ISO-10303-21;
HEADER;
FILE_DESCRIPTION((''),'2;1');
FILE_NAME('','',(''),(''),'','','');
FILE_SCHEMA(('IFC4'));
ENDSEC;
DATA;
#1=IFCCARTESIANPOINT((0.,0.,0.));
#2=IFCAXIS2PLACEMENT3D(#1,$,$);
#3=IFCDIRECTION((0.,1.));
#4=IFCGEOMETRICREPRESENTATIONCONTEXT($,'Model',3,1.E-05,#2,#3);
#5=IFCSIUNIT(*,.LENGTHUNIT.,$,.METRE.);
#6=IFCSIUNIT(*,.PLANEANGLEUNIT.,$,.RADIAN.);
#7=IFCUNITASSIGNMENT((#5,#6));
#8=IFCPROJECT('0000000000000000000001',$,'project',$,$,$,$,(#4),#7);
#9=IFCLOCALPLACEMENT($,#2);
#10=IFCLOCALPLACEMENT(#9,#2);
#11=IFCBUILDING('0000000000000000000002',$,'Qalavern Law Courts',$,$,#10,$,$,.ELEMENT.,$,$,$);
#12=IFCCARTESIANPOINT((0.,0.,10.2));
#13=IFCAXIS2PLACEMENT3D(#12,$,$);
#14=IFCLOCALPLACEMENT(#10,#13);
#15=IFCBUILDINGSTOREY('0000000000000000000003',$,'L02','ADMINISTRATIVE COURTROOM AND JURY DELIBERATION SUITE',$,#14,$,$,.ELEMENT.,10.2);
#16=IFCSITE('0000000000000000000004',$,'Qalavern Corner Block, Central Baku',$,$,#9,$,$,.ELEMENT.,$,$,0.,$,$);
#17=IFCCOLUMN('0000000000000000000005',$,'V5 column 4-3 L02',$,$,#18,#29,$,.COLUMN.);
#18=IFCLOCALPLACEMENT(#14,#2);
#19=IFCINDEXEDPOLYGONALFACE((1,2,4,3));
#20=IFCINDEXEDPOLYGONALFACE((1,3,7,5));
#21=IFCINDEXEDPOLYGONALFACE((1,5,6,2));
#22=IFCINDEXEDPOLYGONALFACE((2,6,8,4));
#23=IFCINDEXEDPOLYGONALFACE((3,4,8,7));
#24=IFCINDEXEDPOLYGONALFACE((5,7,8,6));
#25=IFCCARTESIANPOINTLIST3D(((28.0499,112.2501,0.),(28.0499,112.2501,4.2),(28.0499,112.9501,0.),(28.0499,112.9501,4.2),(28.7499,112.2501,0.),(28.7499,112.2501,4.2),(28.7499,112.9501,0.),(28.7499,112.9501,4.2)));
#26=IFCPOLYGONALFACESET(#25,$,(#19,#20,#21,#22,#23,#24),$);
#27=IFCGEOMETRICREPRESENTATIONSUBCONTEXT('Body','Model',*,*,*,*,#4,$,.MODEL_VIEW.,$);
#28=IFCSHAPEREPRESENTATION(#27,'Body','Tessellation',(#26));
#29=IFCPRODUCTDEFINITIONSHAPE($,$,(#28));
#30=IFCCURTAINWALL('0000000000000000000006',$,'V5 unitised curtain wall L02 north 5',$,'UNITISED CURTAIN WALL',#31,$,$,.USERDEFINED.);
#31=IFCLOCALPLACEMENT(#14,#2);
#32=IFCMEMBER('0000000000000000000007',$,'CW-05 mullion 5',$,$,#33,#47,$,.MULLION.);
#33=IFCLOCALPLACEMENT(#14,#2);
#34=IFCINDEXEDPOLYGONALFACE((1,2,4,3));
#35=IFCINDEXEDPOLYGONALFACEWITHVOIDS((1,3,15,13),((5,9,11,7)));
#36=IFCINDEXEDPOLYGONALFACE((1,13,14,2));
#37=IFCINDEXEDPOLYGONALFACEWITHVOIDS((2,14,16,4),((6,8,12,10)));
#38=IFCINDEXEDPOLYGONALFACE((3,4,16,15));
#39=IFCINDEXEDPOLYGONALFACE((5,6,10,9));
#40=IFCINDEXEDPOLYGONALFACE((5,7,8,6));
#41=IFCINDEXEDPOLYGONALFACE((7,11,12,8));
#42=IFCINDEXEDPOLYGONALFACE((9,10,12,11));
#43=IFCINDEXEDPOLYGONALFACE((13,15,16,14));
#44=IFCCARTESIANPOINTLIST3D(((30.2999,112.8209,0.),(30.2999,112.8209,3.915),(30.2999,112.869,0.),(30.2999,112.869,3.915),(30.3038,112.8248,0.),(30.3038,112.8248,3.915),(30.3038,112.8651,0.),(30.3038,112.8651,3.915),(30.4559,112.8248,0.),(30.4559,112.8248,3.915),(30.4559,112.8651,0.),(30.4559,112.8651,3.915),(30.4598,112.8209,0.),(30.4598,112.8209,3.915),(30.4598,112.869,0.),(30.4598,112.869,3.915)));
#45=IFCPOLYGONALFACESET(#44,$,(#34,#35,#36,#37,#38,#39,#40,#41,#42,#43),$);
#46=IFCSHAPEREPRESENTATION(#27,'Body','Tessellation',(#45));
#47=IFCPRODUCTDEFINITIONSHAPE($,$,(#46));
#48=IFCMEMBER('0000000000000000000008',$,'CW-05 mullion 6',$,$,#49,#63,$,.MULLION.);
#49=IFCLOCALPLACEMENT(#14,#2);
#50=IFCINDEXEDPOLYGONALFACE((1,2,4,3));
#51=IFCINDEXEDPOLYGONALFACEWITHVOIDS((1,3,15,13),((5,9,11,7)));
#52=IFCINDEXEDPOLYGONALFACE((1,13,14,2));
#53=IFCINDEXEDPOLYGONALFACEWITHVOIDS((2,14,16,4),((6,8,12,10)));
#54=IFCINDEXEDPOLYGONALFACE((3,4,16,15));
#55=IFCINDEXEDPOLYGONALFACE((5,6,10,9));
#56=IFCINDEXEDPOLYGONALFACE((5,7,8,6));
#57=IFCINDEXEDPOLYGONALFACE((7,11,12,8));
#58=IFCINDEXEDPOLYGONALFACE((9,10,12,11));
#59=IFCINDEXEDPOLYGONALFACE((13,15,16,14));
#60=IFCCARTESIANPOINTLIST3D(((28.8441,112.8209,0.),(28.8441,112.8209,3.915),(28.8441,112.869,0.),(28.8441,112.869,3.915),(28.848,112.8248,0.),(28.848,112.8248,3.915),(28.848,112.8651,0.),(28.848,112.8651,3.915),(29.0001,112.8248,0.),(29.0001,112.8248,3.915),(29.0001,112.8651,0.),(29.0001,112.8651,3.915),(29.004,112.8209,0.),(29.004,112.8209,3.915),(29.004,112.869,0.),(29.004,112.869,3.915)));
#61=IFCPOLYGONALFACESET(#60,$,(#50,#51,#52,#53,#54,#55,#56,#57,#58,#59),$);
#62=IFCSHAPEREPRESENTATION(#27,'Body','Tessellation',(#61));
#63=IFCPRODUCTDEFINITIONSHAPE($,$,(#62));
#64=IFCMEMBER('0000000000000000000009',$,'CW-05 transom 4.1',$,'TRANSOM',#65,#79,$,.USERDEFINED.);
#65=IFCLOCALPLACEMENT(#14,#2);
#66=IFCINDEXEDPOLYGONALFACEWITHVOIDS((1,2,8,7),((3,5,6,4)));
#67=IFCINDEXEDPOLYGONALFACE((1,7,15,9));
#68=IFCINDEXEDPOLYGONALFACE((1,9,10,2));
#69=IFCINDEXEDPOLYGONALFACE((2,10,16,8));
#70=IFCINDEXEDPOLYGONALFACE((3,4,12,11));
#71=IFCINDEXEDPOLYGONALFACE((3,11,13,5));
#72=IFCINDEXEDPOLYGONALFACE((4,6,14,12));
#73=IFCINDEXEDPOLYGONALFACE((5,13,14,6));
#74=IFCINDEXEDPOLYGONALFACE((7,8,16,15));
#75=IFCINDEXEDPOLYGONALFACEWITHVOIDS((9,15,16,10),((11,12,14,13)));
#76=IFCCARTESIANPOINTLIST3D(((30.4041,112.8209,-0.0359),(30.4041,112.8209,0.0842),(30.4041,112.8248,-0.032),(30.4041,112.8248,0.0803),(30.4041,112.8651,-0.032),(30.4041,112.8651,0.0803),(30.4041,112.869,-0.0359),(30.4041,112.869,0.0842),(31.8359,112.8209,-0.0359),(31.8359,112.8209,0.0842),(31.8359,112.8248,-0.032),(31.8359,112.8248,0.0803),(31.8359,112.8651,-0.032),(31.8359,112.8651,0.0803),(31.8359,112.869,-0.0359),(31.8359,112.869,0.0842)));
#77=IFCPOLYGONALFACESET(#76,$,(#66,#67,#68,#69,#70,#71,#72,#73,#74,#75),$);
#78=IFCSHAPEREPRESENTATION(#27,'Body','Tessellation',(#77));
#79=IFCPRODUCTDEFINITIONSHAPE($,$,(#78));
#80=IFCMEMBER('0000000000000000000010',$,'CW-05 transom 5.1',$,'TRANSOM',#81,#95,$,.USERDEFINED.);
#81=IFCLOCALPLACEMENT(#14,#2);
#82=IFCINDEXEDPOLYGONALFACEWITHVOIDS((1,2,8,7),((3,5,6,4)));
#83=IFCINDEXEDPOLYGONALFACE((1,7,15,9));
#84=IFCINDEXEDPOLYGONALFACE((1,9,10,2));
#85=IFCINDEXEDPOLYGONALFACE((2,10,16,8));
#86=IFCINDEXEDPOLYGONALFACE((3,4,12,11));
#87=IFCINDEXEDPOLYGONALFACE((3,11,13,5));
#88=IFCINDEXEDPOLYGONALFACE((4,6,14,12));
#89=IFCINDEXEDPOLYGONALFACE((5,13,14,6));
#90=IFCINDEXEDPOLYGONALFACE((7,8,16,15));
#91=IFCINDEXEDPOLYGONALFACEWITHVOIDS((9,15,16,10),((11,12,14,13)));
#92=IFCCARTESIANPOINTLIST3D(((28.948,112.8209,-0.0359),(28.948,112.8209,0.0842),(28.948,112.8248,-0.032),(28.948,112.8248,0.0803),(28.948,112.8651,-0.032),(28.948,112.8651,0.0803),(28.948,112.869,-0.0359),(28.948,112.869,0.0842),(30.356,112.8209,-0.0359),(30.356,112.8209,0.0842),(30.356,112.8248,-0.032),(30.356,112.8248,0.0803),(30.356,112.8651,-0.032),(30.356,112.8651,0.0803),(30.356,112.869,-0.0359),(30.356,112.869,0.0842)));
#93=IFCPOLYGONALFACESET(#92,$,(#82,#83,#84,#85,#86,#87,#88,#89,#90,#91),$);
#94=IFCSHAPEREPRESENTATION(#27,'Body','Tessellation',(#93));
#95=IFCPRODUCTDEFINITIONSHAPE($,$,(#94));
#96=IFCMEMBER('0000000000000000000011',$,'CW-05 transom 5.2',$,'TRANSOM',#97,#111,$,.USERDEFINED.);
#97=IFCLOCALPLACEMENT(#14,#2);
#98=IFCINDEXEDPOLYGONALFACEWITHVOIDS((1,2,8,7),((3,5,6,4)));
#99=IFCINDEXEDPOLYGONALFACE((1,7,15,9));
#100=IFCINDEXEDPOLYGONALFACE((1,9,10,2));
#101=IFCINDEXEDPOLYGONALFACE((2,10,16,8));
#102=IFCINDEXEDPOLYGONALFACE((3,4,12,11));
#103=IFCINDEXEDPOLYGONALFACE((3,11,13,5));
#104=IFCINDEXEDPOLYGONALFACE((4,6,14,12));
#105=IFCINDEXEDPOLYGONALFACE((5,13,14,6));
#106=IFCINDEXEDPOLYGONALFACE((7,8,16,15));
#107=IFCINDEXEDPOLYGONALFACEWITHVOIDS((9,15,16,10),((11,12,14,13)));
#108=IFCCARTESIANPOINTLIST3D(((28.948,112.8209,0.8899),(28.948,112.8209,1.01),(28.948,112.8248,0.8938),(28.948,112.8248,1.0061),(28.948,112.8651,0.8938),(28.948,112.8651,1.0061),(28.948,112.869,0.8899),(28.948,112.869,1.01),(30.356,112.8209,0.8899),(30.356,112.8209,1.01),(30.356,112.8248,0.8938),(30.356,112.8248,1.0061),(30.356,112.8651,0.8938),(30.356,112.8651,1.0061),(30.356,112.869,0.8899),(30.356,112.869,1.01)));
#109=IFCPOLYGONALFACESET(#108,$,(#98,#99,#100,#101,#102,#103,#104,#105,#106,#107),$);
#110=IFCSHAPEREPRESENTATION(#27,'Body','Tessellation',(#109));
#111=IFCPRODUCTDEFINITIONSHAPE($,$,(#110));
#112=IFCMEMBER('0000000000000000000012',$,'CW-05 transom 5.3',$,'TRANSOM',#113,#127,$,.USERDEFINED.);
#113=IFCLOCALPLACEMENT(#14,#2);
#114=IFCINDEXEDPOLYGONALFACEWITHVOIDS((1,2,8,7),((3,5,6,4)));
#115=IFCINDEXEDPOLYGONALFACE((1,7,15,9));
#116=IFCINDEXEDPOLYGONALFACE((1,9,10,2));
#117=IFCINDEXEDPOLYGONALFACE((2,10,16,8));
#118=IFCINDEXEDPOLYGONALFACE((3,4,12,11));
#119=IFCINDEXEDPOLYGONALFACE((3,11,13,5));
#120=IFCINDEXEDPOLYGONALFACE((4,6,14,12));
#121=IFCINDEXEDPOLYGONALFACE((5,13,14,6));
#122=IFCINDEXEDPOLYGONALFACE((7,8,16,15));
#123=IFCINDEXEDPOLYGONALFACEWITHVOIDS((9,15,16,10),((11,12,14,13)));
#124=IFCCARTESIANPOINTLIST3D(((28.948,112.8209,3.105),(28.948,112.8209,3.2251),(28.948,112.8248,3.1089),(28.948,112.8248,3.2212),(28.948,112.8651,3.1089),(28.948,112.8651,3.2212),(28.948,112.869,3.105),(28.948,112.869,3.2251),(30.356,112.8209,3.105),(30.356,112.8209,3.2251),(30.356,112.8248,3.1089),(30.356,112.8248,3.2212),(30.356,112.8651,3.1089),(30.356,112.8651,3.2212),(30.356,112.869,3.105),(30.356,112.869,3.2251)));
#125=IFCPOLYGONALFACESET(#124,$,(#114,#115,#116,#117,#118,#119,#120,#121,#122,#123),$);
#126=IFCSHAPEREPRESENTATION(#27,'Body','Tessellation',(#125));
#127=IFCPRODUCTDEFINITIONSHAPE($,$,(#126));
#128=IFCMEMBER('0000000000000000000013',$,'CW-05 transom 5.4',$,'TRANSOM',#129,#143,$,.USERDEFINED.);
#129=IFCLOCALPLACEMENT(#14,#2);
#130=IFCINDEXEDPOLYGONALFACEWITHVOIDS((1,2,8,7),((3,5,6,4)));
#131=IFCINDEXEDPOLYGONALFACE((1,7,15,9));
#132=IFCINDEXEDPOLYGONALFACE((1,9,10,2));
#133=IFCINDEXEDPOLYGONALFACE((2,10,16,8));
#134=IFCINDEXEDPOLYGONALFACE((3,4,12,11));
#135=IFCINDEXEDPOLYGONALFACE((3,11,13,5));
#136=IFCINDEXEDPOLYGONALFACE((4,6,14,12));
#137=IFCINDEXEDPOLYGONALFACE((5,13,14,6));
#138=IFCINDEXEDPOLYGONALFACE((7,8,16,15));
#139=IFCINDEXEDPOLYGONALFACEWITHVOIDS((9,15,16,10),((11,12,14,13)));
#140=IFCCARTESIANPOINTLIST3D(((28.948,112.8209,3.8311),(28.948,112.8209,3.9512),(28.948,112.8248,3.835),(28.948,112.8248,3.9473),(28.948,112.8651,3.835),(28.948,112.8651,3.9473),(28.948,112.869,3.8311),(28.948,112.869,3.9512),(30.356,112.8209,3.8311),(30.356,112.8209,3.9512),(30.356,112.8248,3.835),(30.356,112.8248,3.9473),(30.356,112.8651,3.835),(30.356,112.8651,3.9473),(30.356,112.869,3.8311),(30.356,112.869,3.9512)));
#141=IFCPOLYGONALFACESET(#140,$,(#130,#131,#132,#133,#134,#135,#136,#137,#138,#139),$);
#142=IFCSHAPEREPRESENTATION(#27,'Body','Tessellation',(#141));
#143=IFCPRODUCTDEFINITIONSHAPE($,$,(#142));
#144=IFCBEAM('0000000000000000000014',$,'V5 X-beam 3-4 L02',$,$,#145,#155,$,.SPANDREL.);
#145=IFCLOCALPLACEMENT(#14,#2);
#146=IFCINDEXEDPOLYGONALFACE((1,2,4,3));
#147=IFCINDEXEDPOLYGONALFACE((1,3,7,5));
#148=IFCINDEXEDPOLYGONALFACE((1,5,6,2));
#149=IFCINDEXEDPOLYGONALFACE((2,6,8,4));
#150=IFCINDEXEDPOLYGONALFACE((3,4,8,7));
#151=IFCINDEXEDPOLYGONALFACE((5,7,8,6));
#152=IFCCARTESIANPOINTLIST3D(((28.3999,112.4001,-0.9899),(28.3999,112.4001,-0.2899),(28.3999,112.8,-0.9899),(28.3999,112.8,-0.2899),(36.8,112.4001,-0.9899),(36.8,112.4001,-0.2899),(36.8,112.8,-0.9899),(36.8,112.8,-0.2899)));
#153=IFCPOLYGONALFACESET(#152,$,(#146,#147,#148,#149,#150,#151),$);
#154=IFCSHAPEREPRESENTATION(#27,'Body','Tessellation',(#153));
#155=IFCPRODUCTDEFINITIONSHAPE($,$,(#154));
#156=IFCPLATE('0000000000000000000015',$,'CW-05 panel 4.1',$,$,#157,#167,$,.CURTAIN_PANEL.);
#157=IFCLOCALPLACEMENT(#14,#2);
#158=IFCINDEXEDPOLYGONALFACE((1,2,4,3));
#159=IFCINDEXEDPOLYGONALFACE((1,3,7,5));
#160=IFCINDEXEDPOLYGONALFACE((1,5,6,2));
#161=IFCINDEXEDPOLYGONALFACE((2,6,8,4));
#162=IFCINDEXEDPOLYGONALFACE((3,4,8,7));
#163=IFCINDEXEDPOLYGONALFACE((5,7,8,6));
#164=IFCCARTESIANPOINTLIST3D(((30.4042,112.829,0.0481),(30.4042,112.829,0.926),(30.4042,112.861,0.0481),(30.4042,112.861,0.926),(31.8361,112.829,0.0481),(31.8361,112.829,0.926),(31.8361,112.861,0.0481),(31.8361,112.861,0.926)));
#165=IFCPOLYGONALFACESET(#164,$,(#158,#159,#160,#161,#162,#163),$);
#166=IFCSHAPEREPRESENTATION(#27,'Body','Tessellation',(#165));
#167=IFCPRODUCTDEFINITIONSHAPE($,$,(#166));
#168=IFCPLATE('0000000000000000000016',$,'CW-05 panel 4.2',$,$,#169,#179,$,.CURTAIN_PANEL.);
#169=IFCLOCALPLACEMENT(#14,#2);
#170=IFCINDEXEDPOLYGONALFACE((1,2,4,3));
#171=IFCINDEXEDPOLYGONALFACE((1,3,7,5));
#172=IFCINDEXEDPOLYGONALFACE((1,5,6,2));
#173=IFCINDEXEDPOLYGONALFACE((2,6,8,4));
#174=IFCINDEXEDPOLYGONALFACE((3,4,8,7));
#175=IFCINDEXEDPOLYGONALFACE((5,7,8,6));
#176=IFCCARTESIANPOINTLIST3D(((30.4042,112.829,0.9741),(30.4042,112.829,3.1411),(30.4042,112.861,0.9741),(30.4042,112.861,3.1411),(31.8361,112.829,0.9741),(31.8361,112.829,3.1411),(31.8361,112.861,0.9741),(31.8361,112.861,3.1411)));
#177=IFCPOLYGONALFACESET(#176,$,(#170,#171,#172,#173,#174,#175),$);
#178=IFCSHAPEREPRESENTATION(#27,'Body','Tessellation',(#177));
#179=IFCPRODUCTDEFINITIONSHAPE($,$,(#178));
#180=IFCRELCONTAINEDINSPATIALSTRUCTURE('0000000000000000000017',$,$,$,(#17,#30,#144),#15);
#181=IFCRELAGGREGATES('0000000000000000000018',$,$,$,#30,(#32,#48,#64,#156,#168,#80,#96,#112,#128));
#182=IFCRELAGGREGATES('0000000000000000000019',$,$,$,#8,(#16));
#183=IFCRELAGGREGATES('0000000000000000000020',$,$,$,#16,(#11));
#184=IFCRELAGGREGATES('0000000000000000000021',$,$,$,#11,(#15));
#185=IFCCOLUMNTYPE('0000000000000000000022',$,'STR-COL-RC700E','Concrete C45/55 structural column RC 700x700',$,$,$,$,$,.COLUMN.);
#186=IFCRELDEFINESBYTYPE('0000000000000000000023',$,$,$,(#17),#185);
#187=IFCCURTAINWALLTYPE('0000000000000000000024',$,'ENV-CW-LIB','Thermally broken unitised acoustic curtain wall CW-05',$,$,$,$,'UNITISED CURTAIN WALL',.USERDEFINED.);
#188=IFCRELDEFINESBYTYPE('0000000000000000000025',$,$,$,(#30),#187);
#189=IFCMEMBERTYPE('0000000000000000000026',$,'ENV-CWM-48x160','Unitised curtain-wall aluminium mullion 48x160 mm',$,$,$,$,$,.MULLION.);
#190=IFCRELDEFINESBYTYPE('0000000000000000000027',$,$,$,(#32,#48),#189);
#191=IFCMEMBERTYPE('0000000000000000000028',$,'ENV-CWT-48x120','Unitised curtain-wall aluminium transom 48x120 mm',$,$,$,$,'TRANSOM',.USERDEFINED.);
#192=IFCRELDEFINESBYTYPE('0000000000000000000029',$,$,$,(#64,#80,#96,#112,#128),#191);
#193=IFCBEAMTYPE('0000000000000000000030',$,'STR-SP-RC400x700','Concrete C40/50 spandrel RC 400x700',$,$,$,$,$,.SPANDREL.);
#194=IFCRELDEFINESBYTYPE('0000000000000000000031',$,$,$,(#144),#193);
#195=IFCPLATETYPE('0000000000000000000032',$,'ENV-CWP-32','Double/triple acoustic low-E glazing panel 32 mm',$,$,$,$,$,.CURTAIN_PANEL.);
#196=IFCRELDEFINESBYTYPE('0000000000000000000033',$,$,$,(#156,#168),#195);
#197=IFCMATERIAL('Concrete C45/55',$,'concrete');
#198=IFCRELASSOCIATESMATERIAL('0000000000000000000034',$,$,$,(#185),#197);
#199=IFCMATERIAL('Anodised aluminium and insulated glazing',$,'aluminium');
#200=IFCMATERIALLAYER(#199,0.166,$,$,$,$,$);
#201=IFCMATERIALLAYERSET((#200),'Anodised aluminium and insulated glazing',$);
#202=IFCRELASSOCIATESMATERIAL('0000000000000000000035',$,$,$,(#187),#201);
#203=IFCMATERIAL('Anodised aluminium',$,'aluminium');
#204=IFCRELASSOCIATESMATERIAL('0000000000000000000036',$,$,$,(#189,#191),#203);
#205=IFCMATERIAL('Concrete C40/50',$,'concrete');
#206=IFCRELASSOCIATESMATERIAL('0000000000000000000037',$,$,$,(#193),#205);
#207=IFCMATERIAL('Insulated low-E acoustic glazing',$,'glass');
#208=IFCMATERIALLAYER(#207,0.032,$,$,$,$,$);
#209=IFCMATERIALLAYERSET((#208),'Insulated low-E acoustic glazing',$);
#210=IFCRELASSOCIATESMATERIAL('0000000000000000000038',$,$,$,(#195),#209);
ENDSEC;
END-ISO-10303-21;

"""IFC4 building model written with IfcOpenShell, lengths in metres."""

from ifc_helpers import new_model, si_unit, direction, frame, origin, origin_2d, place, context, subcontext, project, spatial, rectangle, hollow_rectangle, extrude, material, layer, layer_set, material_profile, profile_set, type_object, element, aggregate, save


model = new_model("IFC4")

# Units and contexts
model_context = context("Model", 3, precision=1e-05, world=origin(), true_north=direction((0.0, 1.0)))
body_context = subcontext(model_context, "Body", "Model", "MODEL_VIEW")
ifc_project = project(units=[si_unit("LENGTHUNIT", "METRE"), si_unit("PLANEANGLEUNIT", "RADIAN")], contexts=[model_context])

# Site, building, storey
site_placement = place(None, origin())
site = spatial("IfcSite", under=ifc_project, at=site_placement, Name="Qalavern Corner Block, Central Baku", CompositionType="ELEMENT", RefElevation=0.0)
building_placement = place(site_placement, origin())
building = spatial("IfcBuilding", under=site, at=building_placement, Name="Qalavern Law Courts", CompositionType="ELEMENT")
storey_placement = place(building_placement, frame((0.0, 0.0, 10.2)))
storey = spatial("IfcBuildingStorey", under=building, at=storey_placement, Name="L02", Description="ADMINISTRATIVE COURTROOM AND JURY DELIBERATION SUITE", CompositionType="ELEMENT", Elevation=10.2)

# Column
ifc_material_1 = material(Name="Concrete C45/55", Category="concrete")
ifc_material_profile_1 = material_profile(ifc_material_1, rectangle(XDim=0.7, YDim=0.7, at=origin_2d()), Name="RC 700x700")
ifc_profile_set_1 = profile_set([ifc_material_profile_1], Name="Concrete C45/55")
column_type = type_object("IfcColumnType", Name="STR-COL-RC700E", Description="Concrete C45/55 structural column RC 700x700", PredefinedType="COLUMN", material=ifc_profile_set_1)
column_placement = place(storey_placement, frame((28.3999, 112.6001, 0.0), z_axis=(0.0, 0.0, 1.0), x_axis=(1.0, 0.0, 0.0)))
element("IfcColumn", 1, at=column_placement, inside=storey, type_object=column_type, Name="V5 column 4-3 L02", PredefinedType="COLUMN", context=body_context, shape_type="SweptSolid", body=[
    extrude(rectangle(XDim=0.7, YDim=0.7, at=origin_2d()), origin(), (0.0, 0.0, 1.0), 4.2),
])

# Curtain wall, members
ifc_material_2 = material(Name="Anodised aluminium and insulated glazing", Category="aluminium")
ifc_layer_1 = layer(ifc_material_2, 0.166)
ifc_layer_set_1 = layer_set([ifc_layer_1], Name="Anodised aluminium and insulated glazing")
curtain_wall_type = type_object("IfcCurtainWallType", Name="ENV-CW-LIB", Description="Thermally broken unitised acoustic curtain wall CW-05", ElementType="UNITISED CURTAIN WALL", PredefinedType="USERDEFINED", material=ifc_layer_set_1)
curtain_wall_placement = place(storey_placement, origin())
curtain_wall = element("IfcCurtainWall", 2, at=curtain_wall_placement, inside=storey, type_object=curtain_wall_type, Name="V5 unitised curtain wall L02 north 5", ObjectType="UNITISED CURTAIN WALL", PredefinedType="USERDEFINED")
ifc_material_3 = material(Name="Anodised aluminium", Category="aluminium")
ifc_material_profile_2 = material_profile(ifc_material_3, hollow_rectangle(XDim=0.0481, YDim=0.1599, WallThickness=0.0039, at=origin_2d()), Name="ALU MULLION 48x160")
ifc_profile_set_2 = profile_set([ifc_material_profile_2], Name="Anodised aluminium")
member_type_1 = type_object("IfcMemberType", Name="ENV-CWM-48x160", Description="Unitised curtain-wall aluminium mullion 48x160 mm", PredefinedType="MULLION", material=ifc_profile_set_2)
member_1_placement = place(storey_placement, frame((30.3799, 112.845, 0.0), z_axis=(0.0, 0.0, 1.0), x_axis=(0.0, -1.0, 0.0)))
member_1 = element("IfcMember", 3, at=member_1_placement, type_object=member_type_1, Name="CW-05 mullion 5", PredefinedType="MULLION", context=body_context, shape_type="SweptSolid", body=[
    extrude(hollow_rectangle(XDim=0.0481, YDim=0.1599, WallThickness=0.0039, at=origin_2d()), origin(), (0.0, 0.0, 1.0), 3.915),
])
member_2_placement = place(storey_placement, frame((28.9241, 112.845, 0.0), z_axis=(0.0, 0.0, 1.0), x_axis=(0.0, -1.0, 0.0)))
member_2 = element("IfcMember", 4, at=member_2_placement, type_object=member_type_1, Name="CW-05 mullion 6", PredefinedType="MULLION", context=body_context, shape_type="SweptSolid", body=[
    extrude(hollow_rectangle(XDim=0.0481, YDim=0.1599, WallThickness=0.0039, at=origin_2d()), origin(), (0.0, 0.0, 1.0), 3.915),
])
ifc_material_profile_3 = material_profile(ifc_material_3, hollow_rectangle(XDim=0.0481, YDim=0.1201, WallThickness=0.0039, at=origin_2d()), Name="ALU TRANSOM 48x120")
ifc_profile_set_3 = profile_set([ifc_material_profile_3], Name="Anodised aluminium")
member_type_2 = type_object("IfcMemberType", Name="ENV-CWT-48x120", Description="Unitised curtain-wall aluminium transom 48x120 mm", ElementType="TRANSOM", PredefinedType="USERDEFINED", material=ifc_profile_set_3)
member_3_placement = place(storey_placement, frame((31.8359, 112.845, 0.0242), z_axis=(-1.0, 0.0, 0.0), x_axis=(0.0, -1.0, 0.0)))
member_3 = element("IfcMember", 5, at=member_3_placement, type_object=member_type_2, Name="CW-05 transom 4.1", ObjectType="TRANSOM", PredefinedType="USERDEFINED", context=body_context, shape_type="SweptSolid", body=[
    extrude(hollow_rectangle(XDim=0.0481, YDim=0.1201, WallThickness=0.0039, at=origin_2d()), origin(), (0.0, 0.0, 1.0), 1.4319),
])
member_4_placement = place(storey_placement, frame((30.356, 112.845, 0.0242), z_axis=(-1.0, 0.0, 0.0), x_axis=(0.0, -1.0, 0.0)))
member_4 = element("IfcMember", 6, at=member_4_placement, type_object=member_type_2, Name="CW-05 transom 5.1", ObjectType="TRANSOM", PredefinedType="USERDEFINED", context=body_context, shape_type="SweptSolid", body=[
    extrude(hollow_rectangle(XDim=0.0481, YDim=0.1201, WallThickness=0.0039, at=origin_2d()), origin(), (0.0, 0.0, 1.0), 1.408),
])
member_5_placement = place(storey_placement, frame((30.356, 112.845, 0.95), z_axis=(-1.0, 0.0, 0.0), x_axis=(0.0, -1.0, 0.0)))
member_5 = element("IfcMember", 7, at=member_5_placement, type_object=member_type_2, Name="CW-05 transom 5.2", ObjectType="TRANSOM", PredefinedType="USERDEFINED", context=body_context, shape_type="SweptSolid", body=[
    extrude(hollow_rectangle(XDim=0.0481, YDim=0.1201, WallThickness=0.0039, at=origin_2d()), origin(), (0.0, 0.0, 1.0), 1.408),
])
member_6_placement = place(storey_placement, frame((30.356, 112.845, 3.165), z_axis=(-1.0, 0.0, 0.0), x_axis=(0.0, -1.0, 0.0)))
member_6 = element("IfcMember", 8, at=member_6_placement, type_object=member_type_2, Name="CW-05 transom 5.3", ObjectType="TRANSOM", PredefinedType="USERDEFINED", context=body_context, shape_type="SweptSolid", body=[
    extrude(hollow_rectangle(XDim=0.0481, YDim=0.1201, WallThickness=0.0039, at=origin_2d()), origin(), (0.0, 0.0, 1.0), 1.408),
])
member_7_placement = place(storey_placement, frame((30.356, 112.845, 3.8911), z_axis=(-1.0, 0.0, 0.0), x_axis=(0.0, -1.0, 0.0)))
member_7 = element("IfcMember", 9, at=member_7_placement, type_object=member_type_2, Name="CW-05 transom 5.4", ObjectType="TRANSOM", PredefinedType="USERDEFINED", context=body_context, shape_type="SweptSolid", body=[
    extrude(hollow_rectangle(XDim=0.0481, YDim=0.1201, WallThickness=0.0039, at=origin_2d()), origin(), (0.0, 0.0, 1.0), 1.408),
])

# Beam
ifc_material_4 = material(Name="Concrete C40/50", Category="concrete")
ifc_material_profile_4 = material_profile(ifc_material_4, rectangle(XDim=0.3999, YDim=0.7, at=origin_2d()), Name="RC 400x700")
ifc_profile_set_4 = profile_set([ifc_material_profile_4], Name="Concrete C40/50")
beam_type = type_object("IfcBeamType", Name="STR-SP-RC400x700", Description="Concrete C40/50 spandrel RC 400x700", PredefinedType="SPANDREL", material=ifc_profile_set_4)
beam_placement = place(storey_placement, frame((28.3999, 112.6001, -0.6399), z_axis=(1.0, 0.0, 0.0), x_axis=(0.0, 1.0, 0.0)))
element("IfcBeam", 10, at=beam_placement, inside=storey, type_object=beam_type, Name="V5 X-beam 3-4 L02", PredefinedType="SPANDREL", context=body_context, shape_type="SweptSolid", body=[
    extrude(rectangle(XDim=0.3999, YDim=0.7, at=origin_2d()), origin(), (0.0, 0.0, 1.0), 8.4001),
])

# Plates
ifc_material_5 = material(Name="Insulated low-E acoustic glazing", Category="glass")
ifc_layer_2 = layer(ifc_material_5, 0.032)
ifc_layer_set_2 = layer_set([ifc_layer_2], Name="Insulated low-E acoustic glazing")
plate_type = type_object("IfcPlateType", Name="ENV-CWP-32", Description="Double/triple acoustic low-E glazing panel 32 mm", PredefinedType="CURTAIN_PANEL", material=ifc_layer_set_2)
plate_1_placement = place(storey_placement, frame((31.1201, 112.845, 0.0481), z_axis=(0.0, 0.0, 1.0), x_axis=(-1.0, 0.0, 0.0)))
plate_1 = element("IfcPlate", 11, at=plate_1_placement, type_object=plate_type, Name="CW-05 panel 4.1", PredefinedType="CURTAIN_PANEL", context=body_context, shape_type="SweptSolid", body=[
    extrude(rectangle(XDim=1.4319, YDim=0.032, at=origin_2d()), origin(), (0.0, 0.0, 1.0), 0.8779),
])
plate_2_placement = place(storey_placement, frame((31.1201, 112.845, 0.9741), z_axis=(0.0, 0.0, 1.0), x_axis=(-1.0, 0.0, 0.0)))
plate_2 = element("IfcPlate", 12, at=plate_2_placement, type_object=plate_type, Name="CW-05 panel 4.2", PredefinedType="CURTAIN_PANEL", context=body_context, shape_type="SweptSolid", body=[
    extrude(rectangle(XDim=1.4319, YDim=0.032, at=origin_2d()), origin(), (0.0, 0.0, 1.0), 2.167),
])
aggregate(curtain_wall, [member_1, member_2, member_3, plate_1, plate_2, member_4, member_5, member_6, member_7])

save(model, "model.ifc")
